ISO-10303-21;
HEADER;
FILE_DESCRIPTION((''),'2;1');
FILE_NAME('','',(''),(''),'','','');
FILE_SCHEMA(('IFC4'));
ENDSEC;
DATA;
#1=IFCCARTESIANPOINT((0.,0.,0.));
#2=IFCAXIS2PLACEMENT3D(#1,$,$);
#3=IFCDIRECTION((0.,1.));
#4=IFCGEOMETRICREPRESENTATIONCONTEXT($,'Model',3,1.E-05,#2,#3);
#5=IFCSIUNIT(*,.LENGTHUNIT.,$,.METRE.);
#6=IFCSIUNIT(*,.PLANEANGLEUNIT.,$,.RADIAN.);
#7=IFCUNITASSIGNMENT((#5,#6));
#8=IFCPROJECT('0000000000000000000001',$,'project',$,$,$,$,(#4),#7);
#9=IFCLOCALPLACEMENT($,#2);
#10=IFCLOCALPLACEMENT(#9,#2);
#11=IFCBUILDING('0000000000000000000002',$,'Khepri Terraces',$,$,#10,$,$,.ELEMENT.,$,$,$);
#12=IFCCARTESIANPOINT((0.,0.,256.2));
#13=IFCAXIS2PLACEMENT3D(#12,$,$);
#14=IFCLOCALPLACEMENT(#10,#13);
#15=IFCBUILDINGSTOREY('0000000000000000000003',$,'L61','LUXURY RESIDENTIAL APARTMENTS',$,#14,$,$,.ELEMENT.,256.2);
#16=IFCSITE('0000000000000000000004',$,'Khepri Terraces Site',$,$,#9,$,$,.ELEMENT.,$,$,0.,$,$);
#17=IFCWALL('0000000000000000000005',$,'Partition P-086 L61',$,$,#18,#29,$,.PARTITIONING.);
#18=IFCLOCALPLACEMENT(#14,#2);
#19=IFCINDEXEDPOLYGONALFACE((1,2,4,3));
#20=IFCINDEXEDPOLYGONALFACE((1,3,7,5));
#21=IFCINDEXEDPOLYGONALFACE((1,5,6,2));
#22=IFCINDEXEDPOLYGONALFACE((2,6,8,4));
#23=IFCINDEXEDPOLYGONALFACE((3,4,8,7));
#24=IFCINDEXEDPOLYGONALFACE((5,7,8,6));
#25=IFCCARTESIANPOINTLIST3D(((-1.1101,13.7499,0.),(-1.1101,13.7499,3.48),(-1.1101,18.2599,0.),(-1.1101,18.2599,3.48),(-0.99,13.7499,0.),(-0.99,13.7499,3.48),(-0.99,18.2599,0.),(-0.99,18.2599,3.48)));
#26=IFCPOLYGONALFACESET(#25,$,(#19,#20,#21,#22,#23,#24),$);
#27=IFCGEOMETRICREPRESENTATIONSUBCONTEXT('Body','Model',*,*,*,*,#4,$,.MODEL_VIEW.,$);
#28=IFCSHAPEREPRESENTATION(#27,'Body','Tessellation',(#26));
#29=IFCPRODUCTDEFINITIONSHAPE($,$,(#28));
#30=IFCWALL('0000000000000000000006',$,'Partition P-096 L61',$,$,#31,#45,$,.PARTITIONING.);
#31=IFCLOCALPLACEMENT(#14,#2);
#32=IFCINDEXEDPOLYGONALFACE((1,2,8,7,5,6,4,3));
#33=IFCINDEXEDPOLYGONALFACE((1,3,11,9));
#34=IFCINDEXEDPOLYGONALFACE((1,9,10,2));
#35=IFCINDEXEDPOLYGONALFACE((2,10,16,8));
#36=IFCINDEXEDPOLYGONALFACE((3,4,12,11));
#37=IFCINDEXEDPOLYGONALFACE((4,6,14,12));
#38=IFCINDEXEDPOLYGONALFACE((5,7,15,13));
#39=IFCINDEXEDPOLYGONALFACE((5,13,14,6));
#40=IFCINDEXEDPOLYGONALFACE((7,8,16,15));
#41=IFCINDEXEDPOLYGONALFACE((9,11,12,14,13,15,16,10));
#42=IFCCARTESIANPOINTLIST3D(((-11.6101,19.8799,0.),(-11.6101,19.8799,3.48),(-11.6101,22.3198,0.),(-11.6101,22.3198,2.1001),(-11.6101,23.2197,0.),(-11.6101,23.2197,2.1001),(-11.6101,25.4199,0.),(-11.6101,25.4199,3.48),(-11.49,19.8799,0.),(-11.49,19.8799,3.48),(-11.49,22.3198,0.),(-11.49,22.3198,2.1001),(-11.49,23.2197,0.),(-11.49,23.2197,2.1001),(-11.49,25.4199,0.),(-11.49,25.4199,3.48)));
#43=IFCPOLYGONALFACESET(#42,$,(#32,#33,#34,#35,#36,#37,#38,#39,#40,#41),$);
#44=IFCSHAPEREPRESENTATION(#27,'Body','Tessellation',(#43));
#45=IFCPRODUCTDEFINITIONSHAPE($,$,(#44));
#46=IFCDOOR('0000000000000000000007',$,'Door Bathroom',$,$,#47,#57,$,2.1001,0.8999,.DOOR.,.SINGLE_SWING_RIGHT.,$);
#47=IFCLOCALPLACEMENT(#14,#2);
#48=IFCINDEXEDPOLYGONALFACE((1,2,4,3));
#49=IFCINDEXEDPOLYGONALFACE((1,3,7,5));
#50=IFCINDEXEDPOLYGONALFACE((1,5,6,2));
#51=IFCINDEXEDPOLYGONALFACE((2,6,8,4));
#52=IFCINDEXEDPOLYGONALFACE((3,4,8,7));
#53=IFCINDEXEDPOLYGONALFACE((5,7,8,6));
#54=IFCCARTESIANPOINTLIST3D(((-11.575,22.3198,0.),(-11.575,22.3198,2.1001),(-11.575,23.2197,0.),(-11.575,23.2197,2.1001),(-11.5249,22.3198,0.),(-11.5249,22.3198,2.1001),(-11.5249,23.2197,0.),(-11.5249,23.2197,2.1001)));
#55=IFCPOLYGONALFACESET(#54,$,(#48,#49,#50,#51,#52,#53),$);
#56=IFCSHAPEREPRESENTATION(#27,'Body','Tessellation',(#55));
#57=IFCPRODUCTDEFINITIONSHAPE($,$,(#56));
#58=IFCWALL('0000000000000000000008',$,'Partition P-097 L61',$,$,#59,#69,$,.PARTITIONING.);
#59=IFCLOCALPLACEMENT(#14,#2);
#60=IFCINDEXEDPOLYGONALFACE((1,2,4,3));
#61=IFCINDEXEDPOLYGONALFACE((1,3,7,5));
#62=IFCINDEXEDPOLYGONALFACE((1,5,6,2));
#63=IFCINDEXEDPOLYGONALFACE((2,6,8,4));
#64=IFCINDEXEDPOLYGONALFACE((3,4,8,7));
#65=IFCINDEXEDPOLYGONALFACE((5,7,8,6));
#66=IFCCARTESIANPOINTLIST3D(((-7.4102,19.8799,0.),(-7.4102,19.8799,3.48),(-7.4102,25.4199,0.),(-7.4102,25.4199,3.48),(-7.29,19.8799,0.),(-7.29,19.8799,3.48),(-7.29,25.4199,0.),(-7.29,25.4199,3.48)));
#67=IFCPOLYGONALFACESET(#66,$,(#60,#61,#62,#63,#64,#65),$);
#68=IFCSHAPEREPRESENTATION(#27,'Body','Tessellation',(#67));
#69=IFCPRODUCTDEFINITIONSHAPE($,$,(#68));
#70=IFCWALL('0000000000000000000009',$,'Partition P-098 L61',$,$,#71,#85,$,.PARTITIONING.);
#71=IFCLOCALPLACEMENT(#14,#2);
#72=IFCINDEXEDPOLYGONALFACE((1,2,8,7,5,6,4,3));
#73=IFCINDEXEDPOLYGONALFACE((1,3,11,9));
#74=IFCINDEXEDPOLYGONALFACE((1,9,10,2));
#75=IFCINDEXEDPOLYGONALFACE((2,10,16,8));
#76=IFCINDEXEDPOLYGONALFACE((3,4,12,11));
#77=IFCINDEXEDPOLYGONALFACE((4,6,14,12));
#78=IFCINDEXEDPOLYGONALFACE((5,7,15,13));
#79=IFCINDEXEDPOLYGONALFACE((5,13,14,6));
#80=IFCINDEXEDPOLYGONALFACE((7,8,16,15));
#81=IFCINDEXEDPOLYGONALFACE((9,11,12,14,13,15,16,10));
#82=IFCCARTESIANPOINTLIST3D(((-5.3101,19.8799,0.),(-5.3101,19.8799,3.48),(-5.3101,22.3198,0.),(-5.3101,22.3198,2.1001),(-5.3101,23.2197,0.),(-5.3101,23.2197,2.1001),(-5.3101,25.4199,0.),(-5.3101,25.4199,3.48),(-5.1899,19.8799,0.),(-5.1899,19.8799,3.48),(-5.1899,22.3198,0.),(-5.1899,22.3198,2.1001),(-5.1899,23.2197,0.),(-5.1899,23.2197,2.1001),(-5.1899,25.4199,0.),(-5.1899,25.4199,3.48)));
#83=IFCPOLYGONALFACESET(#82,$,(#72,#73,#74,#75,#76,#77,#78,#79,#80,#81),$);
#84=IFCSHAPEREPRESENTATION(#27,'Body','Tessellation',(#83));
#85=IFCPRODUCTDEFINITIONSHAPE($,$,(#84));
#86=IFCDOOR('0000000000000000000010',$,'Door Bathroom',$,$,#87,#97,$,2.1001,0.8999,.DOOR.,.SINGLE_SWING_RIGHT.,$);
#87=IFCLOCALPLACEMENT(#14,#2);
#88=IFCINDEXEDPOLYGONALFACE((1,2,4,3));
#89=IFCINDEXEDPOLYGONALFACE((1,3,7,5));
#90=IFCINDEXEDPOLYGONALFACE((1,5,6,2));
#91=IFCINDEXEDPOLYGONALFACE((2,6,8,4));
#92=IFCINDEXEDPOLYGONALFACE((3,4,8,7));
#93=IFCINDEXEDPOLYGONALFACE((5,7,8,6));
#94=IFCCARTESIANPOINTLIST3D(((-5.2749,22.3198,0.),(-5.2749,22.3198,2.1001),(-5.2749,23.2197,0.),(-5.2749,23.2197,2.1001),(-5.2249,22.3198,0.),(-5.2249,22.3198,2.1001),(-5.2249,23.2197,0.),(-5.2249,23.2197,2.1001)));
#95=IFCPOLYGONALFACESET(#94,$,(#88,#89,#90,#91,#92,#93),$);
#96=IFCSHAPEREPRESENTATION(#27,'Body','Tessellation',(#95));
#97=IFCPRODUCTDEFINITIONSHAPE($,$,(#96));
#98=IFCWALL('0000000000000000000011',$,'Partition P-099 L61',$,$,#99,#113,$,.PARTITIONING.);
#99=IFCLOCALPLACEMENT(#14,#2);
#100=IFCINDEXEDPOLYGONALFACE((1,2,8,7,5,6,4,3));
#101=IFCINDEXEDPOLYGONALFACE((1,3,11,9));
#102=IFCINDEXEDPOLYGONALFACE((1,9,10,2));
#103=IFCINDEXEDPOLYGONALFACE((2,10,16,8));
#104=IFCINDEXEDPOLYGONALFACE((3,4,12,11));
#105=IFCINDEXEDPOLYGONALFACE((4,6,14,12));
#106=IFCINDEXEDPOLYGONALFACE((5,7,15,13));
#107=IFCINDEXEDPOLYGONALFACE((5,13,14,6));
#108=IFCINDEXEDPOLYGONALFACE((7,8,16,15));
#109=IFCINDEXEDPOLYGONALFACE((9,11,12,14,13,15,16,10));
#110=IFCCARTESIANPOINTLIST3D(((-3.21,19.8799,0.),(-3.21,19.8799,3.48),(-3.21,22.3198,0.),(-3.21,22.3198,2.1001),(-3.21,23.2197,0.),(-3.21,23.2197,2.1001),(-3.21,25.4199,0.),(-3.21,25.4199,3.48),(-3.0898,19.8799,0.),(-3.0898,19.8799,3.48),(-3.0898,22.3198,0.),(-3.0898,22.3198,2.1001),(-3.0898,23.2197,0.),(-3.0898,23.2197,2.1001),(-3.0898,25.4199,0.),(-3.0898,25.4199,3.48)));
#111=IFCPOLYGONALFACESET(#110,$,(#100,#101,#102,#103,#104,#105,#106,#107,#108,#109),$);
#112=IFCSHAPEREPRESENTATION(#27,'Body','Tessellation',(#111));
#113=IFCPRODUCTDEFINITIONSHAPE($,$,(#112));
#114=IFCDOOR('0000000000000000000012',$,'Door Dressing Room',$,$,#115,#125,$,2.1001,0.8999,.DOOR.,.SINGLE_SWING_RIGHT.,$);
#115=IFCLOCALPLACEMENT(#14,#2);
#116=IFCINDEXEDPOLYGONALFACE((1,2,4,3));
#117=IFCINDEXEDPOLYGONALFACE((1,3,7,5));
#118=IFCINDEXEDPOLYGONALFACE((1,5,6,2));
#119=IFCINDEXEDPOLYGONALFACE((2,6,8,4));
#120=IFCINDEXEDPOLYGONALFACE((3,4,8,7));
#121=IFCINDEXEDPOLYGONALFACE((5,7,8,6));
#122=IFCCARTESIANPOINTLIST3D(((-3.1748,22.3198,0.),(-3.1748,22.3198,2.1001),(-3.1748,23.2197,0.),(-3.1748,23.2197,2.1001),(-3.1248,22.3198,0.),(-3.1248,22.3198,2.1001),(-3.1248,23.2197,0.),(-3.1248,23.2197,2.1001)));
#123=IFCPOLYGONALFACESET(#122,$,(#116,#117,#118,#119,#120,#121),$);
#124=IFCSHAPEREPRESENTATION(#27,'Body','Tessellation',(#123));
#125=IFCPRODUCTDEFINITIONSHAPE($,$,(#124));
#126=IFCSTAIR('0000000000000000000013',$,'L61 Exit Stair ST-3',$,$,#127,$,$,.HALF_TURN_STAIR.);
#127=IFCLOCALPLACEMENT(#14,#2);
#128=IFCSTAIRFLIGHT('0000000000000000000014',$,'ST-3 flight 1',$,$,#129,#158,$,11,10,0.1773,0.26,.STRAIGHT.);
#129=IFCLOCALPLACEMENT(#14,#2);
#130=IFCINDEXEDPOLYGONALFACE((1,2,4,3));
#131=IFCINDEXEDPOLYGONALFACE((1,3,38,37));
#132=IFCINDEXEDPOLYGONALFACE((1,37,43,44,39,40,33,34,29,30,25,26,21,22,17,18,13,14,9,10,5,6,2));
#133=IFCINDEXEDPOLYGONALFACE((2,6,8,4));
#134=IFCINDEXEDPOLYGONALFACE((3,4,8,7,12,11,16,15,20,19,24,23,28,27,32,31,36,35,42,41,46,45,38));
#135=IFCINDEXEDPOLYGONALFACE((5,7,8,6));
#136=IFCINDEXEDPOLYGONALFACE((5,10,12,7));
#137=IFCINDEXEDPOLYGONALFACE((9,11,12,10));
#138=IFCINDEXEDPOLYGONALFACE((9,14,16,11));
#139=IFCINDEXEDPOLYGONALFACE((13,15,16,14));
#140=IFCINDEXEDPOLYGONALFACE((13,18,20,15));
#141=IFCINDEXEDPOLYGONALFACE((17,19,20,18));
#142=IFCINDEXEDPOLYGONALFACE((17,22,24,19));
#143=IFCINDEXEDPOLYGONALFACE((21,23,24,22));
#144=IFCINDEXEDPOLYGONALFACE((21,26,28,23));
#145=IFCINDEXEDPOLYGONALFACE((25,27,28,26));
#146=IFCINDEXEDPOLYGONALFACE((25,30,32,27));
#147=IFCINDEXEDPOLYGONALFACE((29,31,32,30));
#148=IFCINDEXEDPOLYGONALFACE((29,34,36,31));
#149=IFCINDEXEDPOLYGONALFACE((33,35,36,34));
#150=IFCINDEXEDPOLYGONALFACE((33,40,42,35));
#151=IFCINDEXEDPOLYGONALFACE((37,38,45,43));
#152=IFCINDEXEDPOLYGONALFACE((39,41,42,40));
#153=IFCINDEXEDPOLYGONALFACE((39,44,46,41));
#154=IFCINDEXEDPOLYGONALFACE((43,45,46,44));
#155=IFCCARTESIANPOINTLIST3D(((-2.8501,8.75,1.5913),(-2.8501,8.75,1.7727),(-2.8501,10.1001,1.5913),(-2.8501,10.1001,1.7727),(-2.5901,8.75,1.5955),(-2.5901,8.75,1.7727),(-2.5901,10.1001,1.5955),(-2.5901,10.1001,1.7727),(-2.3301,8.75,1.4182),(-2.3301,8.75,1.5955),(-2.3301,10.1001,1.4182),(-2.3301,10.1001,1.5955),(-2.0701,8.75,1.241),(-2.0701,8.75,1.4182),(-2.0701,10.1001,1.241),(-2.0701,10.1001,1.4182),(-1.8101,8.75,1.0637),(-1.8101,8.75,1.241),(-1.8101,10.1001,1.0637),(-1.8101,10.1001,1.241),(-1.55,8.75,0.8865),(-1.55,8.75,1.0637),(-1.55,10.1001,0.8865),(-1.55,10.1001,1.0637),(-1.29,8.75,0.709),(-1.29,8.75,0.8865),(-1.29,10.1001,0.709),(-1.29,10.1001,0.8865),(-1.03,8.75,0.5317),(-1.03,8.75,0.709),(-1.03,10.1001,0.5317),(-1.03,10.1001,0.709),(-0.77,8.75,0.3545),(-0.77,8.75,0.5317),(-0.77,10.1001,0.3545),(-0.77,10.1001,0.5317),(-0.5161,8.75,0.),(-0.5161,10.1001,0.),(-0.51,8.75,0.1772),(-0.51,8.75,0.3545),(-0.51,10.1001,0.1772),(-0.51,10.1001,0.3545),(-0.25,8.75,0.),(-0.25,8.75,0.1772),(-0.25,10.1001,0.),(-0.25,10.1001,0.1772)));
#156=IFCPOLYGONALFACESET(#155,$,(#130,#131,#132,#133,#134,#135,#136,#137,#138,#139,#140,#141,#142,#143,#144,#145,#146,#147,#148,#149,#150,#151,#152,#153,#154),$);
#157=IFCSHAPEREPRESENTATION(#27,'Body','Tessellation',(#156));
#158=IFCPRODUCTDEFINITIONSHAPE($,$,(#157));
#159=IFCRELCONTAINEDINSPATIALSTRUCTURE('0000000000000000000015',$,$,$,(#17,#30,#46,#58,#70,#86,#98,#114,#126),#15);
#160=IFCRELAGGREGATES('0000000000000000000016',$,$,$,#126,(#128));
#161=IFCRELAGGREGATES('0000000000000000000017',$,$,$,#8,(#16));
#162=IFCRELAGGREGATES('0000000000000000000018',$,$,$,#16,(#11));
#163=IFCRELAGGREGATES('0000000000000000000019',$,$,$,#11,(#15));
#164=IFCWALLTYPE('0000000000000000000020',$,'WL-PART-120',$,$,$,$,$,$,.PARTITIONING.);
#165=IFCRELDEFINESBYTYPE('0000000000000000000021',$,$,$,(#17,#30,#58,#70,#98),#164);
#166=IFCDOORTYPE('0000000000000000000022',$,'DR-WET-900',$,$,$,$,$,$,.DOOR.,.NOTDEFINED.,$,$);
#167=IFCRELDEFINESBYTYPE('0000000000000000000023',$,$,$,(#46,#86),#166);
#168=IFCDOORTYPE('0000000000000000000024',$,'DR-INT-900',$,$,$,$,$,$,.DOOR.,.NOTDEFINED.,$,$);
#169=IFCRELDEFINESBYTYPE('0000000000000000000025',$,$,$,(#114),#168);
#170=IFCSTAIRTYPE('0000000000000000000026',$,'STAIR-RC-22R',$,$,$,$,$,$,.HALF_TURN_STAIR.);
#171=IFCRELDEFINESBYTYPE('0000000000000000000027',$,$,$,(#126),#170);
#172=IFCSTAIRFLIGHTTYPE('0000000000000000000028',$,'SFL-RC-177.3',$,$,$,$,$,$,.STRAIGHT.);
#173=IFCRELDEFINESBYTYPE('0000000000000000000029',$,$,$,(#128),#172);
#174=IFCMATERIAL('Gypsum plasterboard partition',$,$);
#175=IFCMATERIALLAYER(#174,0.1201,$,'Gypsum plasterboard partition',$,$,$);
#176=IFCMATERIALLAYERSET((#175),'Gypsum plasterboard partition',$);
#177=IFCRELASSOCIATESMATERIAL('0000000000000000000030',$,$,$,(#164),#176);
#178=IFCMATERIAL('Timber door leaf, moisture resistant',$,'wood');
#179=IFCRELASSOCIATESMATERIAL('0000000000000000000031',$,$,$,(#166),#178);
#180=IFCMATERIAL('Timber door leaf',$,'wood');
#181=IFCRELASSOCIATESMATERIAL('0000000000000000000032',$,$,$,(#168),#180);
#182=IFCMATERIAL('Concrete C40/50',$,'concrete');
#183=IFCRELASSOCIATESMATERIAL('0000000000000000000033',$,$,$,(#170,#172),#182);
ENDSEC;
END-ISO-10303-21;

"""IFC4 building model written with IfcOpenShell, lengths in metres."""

from ifc_helpers import new_model, si_unit, direction, frame, frame_2d, origin, place, context, subcontext, project, spatial, polyline, rectangle, outline, extrude, material, layer, layer_set, type_object, element, fill, aggregate, save


model = new_model("IFC4")

# Units and contexts
model_context = context("Model", 3, precision=1e-05, world=origin(), true_north=direction((0.0, 1.0)))
body_context = subcontext(model_context, "Body", "Model", "MODEL_VIEW")
ifc_project = project(units=[si_unit("LENGTHUNIT", "METRE"), si_unit("PLANEANGLEUNIT", "RADIAN")], contexts=[model_context])

# Site, building, storey
site_placement = place(None, origin())
site = spatial("IfcSite", under=ifc_project, at=site_placement, Name="Khepri Terraces Site", CompositionType="ELEMENT", RefElevation=0.0)
building_placement = place(site_placement, origin())
building = spatial("IfcBuilding", under=site, at=building_placement, Name="Khepri Terraces", CompositionType="ELEMENT")
storey_placement = place(building_placement, frame((0.0, 0.0, 256.2)))
storey = spatial("IfcBuildingStorey", under=building, at=storey_placement, Name="L61", Description="LUXURY RESIDENTIAL APARTMENTS", CompositionType="ELEMENT", Elevation=256.2)

# Shared definitions
ifc_material_1 = material(Name="Concrete C40/50", Category="concrete")

# Wall
ifc_material_2 = material(Name="Gypsum plasterboard partition")
ifc_layer_1 = layer(ifc_material_2, 0.1201, Name="Gypsum plasterboard partition")
ifc_layer_set_1 = layer_set([ifc_layer_1], Name="Gypsum plasterboard partition")
wall_type_1 = type_object("IfcWallType", Name="WL-PART-120", PredefinedType="PARTITIONING", material=ifc_layer_set_1)
for number, where, z_axis, x_axis, name in (
    (1, (-1.05, 13.75, 0.0), (0.0, 0.0, 1.0), (0.0, 1.0, 0.0), "Partition P-086 L61"),
):
    element("IfcWall", number, at=place(storey_placement, frame(where, z_axis=z_axis, x_axis=x_axis)), inside=storey, type_object=wall_type_1, Name=name, PredefinedType="PARTITIONING", context=body_context, shape_type="SweptSolid", body=[
        extrude(rectangle(XDim=4.51, YDim=0.1201, at=frame_2d((2.2549, 0.0))), origin(), (0.0, 0.0, 1.0), 3.48),
    ])

# Wall, opening, door
wall_1_placement = place(storey_placement, frame((-11.55, 19.8799, 0.0), z_axis=(0.0, 0.0, 1.0), x_axis=(0.0, 1.0, 0.0)))
wall_1 = element("IfcWall", 2, at=wall_1_placement, inside=storey, type_object=wall_type_1, Name="Partition P-096 L61", PredefinedType="PARTITIONING", context=body_context, shape_type="SweptSolid", body=[
    extrude(rectangle(XDim=5.54, YDim=0.1201, at=frame_2d((2.77, 0.0))), origin(), (0.0, 0.0, 1.0), 3.48),
])
opening_1_placement = place(wall_1_placement, frame((2.4399, 0.0, 0.0)))
opening_1 = element("IfcOpeningElement", 3, at=opening_1_placement, cuts=wall_1, PredefinedType="OPENING", context=body_context, shape_type="SweptSolid", body=[
    extrude(rectangle(XDim=0.8999, YDim=2.1001, at=frame_2d((0.45, 1.05))), frame((0.0, 0.0701, 0.0), z_axis=(0.0, -1.0, 0.0), x_axis=(1.0, 0.0, 0.0)), (0.0, 0.0, 1.0), 0.1401),
])
ifc_material_3 = material(Name="Timber door leaf, moisture resistant", Category="wood")
door_type_1 = type_object("IfcDoorType", Name="DR-WET-900", OperationType="NOTDEFINED", PredefinedType="DOOR", material=ifc_material_3)
door_1_placement = place(opening_1_placement, origin())
door_1 = element("IfcDoor", 4, at=door_1_placement, inside=storey, type_object=door_type_1, Name="Door Bathroom", OperationType="SINGLE_SWING_RIGHT", OverallHeight=2.1001, OverallWidth=0.8999, PredefinedType="DOOR", context=body_context, shape_type="SweptSolid", body=[
    extrude(rectangle(XDim=0.8999, YDim=2.1001, at=frame_2d((0.45, 1.05))), frame((0.0, 0.0249, 0.0), z_axis=(0.0, -1.0, 0.0), x_axis=(1.0, 0.0, 0.0)), (0.0, 0.0, 1.0), 0.05),
])
fill(opening_1, door_1)

# Wall
wall_2_placement = place(storey_placement, frame((-7.3501, 19.8799, 0.0), z_axis=(0.0, 0.0, 1.0), x_axis=(0.0, 1.0, 0.0)))
element("IfcWall", 5, at=wall_2_placement, inside=storey, type_object=wall_type_1, Name="Partition P-097 L61", PredefinedType="PARTITIONING", context=body_context, shape_type="SweptSolid", body=[
    extrude(rectangle(XDim=5.54, YDim=0.1201, at=frame_2d((2.77, 0.0))), origin(), (0.0, 0.0, 1.0), 3.48),
])

# Walls, openings, doors
wall_3_placement = place(storey_placement, frame((-5.25, 19.8799, 0.0), z_axis=(0.0, 0.0, 1.0), x_axis=(0.0, 1.0, 0.0)))
wall_3 = element("IfcWall", 6, at=wall_3_placement, inside=storey, type_object=wall_type_1, Name="Partition P-098 L61", PredefinedType="PARTITIONING", context=body_context, shape_type="SweptSolid", body=[
    extrude(rectangle(XDim=5.54, YDim=0.1201, at=frame_2d((2.77, 0.0))), origin(), (0.0, 0.0, 1.0), 3.48),
])
opening_2_placement = place(wall_3_placement, frame((2.4399, 0.0, 0.0)))
opening_2 = element("IfcOpeningElement", 7, at=opening_2_placement, cuts=wall_3, PredefinedType="OPENING", context=body_context, shape_type="SweptSolid", body=[
    extrude(rectangle(XDim=0.8999, YDim=2.1001, at=frame_2d((0.45, 1.05))), frame((0.0, 0.0701, 0.0), z_axis=(0.0, -1.0, 0.0), x_axis=(1.0, 0.0, 0.0)), (0.0, 0.0, 1.0), 0.1401),
])
door_2_placement = place(opening_2_placement, origin())
door_2 = element("IfcDoor", 8, at=door_2_placement, inside=storey, type_object=door_type_1, Name="Door Bathroom", OperationType="SINGLE_SWING_RIGHT", OverallHeight=2.1001, OverallWidth=0.8999, PredefinedType="DOOR", context=body_context, shape_type="SweptSolid", body=[
    extrude(rectangle(XDim=0.8999, YDim=2.1001, at=frame_2d((0.45, 1.05))), frame((0.0, 0.0249, 0.0), z_axis=(0.0, -1.0, 0.0), x_axis=(1.0, 0.0, 0.0)), (0.0, 0.0, 1.0), 0.05),
])
fill(opening_2, door_2)
wall_4_placement = place(storey_placement, frame((-3.1499, 19.8799, 0.0), z_axis=(0.0, 0.0, 1.0), x_axis=(0.0, 1.0, 0.0)))
wall_4 = element("IfcWall", 9, at=wall_4_placement, inside=storey, type_object=wall_type_1, Name="Partition P-099 L61", PredefinedType="PARTITIONING", context=body_context, shape_type="SweptSolid", body=[
    extrude(rectangle(XDim=5.54, YDim=0.1201, at=frame_2d((2.77, 0.0))), origin(), (0.0, 0.0, 1.0), 3.48),
])
opening_3_placement = place(wall_4_placement, frame((2.4399, 0.0, 0.0)))
opening_3 = element("IfcOpeningElement", 10, at=opening_3_placement, cuts=wall_4, PredefinedType="OPENING", context=body_context, shape_type="SweptSolid", body=[
    extrude(rectangle(XDim=0.8999, YDim=2.1001, at=frame_2d((0.45, 1.05))), frame((0.0, 0.0701, 0.0), z_axis=(0.0, -1.0, 0.0), x_axis=(1.0, 0.0, 0.0)), (0.0, 0.0, 1.0), 0.1401),
])
ifc_material_4 = material(Name="Timber door leaf", Category="wood")
door_type_2 = type_object("IfcDoorType", Name="DR-INT-900", OperationType="NOTDEFINED", PredefinedType="DOOR", material=ifc_material_4)
door_3_placement = place(opening_3_placement, origin())
door_3 = element("IfcDoor", 11, at=door_3_placement, inside=storey, type_object=door_type_2, Name="Door Dressing Room", OperationType="SINGLE_SWING_RIGHT", OverallHeight=2.1001, OverallWidth=0.8999, PredefinedType="DOOR", context=body_context, shape_type="SweptSolid", body=[
    extrude(rectangle(XDim=0.8999, YDim=2.1001, at=frame_2d((0.45, 1.05))), frame((0.0, 0.0249, 0.0), z_axis=(0.0, -1.0, 0.0), x_axis=(1.0, 0.0, 0.0)), (0.0, 0.0, 1.0), 0.05),
])
fill(opening_3, door_3)

# Stair, stair flight
stair_type = type_object("IfcStairType", Name="STAIR-RC-22R", PredefinedType="HALF_TURN_STAIR", material=ifc_material_1)
stair_placement = place(storey_placement, origin())
stair = element("IfcStair", 12, at=stair_placement, inside=storey, type_object=stair_type, Name="L61 Exit Stair ST-3", PredefinedType="HALF_TURN_STAIR")
stair_flight_type = type_object("IfcStairFlightType", Name="SFL-RC-177.3", PredefinedType="STRAIGHT", material=ifc_material_1)
stair_flight_placement = place(storey_placement, frame((-0.25, 9.425, 0.0), z_axis=(0.0, 0.0, 1.0), x_axis=(-1.0, 0.0, 0.0)))
stair_flight = element("IfcStairFlight", 13, at=stair_flight_placement, type_object=stair_flight_type, Name="ST-3 flight 1", NumberOfRisers=11, NumberOfTreads=10, PredefinedType="STRAIGHT", RiserHeight=0.1773, TreadLength=0.26, context=body_context, shape_type="SweptSolid", body=[
    extrude(outline(polyline([(0.0, 0.0), (0.0, 0.1772), (0.26, 0.1772), (0.26, 0.3545), (0.52, 0.3545), (0.52, 0.5317), (0.78, 0.5317), (0.78, 0.709), (1.04, 0.709), (1.04, 0.8865), (1.3, 0.8865), (1.3, 1.0637), (1.5601, 1.0637), (1.5601, 1.241), (1.8201, 1.241), (1.8201, 1.4182), (2.0801, 1.4182), (2.0801, 1.5955), (2.3401, 1.5955), (2.3401, 1.7727), (2.6001, 1.7727), (2.6001, 1.95), (2.6001, 1.5913), (0.2661, 0.0), (0.0, 0.0)])), frame((0.0, 0.675, 0.0), z_axis=(0.0, -1.0, 0.0), x_axis=(1.0, 0.0, 0.0)), (0.0, 0.0, 1.0), 1.3501),
])
aggregate(stair, [stair_flight])

save(model, "model.ifc")
